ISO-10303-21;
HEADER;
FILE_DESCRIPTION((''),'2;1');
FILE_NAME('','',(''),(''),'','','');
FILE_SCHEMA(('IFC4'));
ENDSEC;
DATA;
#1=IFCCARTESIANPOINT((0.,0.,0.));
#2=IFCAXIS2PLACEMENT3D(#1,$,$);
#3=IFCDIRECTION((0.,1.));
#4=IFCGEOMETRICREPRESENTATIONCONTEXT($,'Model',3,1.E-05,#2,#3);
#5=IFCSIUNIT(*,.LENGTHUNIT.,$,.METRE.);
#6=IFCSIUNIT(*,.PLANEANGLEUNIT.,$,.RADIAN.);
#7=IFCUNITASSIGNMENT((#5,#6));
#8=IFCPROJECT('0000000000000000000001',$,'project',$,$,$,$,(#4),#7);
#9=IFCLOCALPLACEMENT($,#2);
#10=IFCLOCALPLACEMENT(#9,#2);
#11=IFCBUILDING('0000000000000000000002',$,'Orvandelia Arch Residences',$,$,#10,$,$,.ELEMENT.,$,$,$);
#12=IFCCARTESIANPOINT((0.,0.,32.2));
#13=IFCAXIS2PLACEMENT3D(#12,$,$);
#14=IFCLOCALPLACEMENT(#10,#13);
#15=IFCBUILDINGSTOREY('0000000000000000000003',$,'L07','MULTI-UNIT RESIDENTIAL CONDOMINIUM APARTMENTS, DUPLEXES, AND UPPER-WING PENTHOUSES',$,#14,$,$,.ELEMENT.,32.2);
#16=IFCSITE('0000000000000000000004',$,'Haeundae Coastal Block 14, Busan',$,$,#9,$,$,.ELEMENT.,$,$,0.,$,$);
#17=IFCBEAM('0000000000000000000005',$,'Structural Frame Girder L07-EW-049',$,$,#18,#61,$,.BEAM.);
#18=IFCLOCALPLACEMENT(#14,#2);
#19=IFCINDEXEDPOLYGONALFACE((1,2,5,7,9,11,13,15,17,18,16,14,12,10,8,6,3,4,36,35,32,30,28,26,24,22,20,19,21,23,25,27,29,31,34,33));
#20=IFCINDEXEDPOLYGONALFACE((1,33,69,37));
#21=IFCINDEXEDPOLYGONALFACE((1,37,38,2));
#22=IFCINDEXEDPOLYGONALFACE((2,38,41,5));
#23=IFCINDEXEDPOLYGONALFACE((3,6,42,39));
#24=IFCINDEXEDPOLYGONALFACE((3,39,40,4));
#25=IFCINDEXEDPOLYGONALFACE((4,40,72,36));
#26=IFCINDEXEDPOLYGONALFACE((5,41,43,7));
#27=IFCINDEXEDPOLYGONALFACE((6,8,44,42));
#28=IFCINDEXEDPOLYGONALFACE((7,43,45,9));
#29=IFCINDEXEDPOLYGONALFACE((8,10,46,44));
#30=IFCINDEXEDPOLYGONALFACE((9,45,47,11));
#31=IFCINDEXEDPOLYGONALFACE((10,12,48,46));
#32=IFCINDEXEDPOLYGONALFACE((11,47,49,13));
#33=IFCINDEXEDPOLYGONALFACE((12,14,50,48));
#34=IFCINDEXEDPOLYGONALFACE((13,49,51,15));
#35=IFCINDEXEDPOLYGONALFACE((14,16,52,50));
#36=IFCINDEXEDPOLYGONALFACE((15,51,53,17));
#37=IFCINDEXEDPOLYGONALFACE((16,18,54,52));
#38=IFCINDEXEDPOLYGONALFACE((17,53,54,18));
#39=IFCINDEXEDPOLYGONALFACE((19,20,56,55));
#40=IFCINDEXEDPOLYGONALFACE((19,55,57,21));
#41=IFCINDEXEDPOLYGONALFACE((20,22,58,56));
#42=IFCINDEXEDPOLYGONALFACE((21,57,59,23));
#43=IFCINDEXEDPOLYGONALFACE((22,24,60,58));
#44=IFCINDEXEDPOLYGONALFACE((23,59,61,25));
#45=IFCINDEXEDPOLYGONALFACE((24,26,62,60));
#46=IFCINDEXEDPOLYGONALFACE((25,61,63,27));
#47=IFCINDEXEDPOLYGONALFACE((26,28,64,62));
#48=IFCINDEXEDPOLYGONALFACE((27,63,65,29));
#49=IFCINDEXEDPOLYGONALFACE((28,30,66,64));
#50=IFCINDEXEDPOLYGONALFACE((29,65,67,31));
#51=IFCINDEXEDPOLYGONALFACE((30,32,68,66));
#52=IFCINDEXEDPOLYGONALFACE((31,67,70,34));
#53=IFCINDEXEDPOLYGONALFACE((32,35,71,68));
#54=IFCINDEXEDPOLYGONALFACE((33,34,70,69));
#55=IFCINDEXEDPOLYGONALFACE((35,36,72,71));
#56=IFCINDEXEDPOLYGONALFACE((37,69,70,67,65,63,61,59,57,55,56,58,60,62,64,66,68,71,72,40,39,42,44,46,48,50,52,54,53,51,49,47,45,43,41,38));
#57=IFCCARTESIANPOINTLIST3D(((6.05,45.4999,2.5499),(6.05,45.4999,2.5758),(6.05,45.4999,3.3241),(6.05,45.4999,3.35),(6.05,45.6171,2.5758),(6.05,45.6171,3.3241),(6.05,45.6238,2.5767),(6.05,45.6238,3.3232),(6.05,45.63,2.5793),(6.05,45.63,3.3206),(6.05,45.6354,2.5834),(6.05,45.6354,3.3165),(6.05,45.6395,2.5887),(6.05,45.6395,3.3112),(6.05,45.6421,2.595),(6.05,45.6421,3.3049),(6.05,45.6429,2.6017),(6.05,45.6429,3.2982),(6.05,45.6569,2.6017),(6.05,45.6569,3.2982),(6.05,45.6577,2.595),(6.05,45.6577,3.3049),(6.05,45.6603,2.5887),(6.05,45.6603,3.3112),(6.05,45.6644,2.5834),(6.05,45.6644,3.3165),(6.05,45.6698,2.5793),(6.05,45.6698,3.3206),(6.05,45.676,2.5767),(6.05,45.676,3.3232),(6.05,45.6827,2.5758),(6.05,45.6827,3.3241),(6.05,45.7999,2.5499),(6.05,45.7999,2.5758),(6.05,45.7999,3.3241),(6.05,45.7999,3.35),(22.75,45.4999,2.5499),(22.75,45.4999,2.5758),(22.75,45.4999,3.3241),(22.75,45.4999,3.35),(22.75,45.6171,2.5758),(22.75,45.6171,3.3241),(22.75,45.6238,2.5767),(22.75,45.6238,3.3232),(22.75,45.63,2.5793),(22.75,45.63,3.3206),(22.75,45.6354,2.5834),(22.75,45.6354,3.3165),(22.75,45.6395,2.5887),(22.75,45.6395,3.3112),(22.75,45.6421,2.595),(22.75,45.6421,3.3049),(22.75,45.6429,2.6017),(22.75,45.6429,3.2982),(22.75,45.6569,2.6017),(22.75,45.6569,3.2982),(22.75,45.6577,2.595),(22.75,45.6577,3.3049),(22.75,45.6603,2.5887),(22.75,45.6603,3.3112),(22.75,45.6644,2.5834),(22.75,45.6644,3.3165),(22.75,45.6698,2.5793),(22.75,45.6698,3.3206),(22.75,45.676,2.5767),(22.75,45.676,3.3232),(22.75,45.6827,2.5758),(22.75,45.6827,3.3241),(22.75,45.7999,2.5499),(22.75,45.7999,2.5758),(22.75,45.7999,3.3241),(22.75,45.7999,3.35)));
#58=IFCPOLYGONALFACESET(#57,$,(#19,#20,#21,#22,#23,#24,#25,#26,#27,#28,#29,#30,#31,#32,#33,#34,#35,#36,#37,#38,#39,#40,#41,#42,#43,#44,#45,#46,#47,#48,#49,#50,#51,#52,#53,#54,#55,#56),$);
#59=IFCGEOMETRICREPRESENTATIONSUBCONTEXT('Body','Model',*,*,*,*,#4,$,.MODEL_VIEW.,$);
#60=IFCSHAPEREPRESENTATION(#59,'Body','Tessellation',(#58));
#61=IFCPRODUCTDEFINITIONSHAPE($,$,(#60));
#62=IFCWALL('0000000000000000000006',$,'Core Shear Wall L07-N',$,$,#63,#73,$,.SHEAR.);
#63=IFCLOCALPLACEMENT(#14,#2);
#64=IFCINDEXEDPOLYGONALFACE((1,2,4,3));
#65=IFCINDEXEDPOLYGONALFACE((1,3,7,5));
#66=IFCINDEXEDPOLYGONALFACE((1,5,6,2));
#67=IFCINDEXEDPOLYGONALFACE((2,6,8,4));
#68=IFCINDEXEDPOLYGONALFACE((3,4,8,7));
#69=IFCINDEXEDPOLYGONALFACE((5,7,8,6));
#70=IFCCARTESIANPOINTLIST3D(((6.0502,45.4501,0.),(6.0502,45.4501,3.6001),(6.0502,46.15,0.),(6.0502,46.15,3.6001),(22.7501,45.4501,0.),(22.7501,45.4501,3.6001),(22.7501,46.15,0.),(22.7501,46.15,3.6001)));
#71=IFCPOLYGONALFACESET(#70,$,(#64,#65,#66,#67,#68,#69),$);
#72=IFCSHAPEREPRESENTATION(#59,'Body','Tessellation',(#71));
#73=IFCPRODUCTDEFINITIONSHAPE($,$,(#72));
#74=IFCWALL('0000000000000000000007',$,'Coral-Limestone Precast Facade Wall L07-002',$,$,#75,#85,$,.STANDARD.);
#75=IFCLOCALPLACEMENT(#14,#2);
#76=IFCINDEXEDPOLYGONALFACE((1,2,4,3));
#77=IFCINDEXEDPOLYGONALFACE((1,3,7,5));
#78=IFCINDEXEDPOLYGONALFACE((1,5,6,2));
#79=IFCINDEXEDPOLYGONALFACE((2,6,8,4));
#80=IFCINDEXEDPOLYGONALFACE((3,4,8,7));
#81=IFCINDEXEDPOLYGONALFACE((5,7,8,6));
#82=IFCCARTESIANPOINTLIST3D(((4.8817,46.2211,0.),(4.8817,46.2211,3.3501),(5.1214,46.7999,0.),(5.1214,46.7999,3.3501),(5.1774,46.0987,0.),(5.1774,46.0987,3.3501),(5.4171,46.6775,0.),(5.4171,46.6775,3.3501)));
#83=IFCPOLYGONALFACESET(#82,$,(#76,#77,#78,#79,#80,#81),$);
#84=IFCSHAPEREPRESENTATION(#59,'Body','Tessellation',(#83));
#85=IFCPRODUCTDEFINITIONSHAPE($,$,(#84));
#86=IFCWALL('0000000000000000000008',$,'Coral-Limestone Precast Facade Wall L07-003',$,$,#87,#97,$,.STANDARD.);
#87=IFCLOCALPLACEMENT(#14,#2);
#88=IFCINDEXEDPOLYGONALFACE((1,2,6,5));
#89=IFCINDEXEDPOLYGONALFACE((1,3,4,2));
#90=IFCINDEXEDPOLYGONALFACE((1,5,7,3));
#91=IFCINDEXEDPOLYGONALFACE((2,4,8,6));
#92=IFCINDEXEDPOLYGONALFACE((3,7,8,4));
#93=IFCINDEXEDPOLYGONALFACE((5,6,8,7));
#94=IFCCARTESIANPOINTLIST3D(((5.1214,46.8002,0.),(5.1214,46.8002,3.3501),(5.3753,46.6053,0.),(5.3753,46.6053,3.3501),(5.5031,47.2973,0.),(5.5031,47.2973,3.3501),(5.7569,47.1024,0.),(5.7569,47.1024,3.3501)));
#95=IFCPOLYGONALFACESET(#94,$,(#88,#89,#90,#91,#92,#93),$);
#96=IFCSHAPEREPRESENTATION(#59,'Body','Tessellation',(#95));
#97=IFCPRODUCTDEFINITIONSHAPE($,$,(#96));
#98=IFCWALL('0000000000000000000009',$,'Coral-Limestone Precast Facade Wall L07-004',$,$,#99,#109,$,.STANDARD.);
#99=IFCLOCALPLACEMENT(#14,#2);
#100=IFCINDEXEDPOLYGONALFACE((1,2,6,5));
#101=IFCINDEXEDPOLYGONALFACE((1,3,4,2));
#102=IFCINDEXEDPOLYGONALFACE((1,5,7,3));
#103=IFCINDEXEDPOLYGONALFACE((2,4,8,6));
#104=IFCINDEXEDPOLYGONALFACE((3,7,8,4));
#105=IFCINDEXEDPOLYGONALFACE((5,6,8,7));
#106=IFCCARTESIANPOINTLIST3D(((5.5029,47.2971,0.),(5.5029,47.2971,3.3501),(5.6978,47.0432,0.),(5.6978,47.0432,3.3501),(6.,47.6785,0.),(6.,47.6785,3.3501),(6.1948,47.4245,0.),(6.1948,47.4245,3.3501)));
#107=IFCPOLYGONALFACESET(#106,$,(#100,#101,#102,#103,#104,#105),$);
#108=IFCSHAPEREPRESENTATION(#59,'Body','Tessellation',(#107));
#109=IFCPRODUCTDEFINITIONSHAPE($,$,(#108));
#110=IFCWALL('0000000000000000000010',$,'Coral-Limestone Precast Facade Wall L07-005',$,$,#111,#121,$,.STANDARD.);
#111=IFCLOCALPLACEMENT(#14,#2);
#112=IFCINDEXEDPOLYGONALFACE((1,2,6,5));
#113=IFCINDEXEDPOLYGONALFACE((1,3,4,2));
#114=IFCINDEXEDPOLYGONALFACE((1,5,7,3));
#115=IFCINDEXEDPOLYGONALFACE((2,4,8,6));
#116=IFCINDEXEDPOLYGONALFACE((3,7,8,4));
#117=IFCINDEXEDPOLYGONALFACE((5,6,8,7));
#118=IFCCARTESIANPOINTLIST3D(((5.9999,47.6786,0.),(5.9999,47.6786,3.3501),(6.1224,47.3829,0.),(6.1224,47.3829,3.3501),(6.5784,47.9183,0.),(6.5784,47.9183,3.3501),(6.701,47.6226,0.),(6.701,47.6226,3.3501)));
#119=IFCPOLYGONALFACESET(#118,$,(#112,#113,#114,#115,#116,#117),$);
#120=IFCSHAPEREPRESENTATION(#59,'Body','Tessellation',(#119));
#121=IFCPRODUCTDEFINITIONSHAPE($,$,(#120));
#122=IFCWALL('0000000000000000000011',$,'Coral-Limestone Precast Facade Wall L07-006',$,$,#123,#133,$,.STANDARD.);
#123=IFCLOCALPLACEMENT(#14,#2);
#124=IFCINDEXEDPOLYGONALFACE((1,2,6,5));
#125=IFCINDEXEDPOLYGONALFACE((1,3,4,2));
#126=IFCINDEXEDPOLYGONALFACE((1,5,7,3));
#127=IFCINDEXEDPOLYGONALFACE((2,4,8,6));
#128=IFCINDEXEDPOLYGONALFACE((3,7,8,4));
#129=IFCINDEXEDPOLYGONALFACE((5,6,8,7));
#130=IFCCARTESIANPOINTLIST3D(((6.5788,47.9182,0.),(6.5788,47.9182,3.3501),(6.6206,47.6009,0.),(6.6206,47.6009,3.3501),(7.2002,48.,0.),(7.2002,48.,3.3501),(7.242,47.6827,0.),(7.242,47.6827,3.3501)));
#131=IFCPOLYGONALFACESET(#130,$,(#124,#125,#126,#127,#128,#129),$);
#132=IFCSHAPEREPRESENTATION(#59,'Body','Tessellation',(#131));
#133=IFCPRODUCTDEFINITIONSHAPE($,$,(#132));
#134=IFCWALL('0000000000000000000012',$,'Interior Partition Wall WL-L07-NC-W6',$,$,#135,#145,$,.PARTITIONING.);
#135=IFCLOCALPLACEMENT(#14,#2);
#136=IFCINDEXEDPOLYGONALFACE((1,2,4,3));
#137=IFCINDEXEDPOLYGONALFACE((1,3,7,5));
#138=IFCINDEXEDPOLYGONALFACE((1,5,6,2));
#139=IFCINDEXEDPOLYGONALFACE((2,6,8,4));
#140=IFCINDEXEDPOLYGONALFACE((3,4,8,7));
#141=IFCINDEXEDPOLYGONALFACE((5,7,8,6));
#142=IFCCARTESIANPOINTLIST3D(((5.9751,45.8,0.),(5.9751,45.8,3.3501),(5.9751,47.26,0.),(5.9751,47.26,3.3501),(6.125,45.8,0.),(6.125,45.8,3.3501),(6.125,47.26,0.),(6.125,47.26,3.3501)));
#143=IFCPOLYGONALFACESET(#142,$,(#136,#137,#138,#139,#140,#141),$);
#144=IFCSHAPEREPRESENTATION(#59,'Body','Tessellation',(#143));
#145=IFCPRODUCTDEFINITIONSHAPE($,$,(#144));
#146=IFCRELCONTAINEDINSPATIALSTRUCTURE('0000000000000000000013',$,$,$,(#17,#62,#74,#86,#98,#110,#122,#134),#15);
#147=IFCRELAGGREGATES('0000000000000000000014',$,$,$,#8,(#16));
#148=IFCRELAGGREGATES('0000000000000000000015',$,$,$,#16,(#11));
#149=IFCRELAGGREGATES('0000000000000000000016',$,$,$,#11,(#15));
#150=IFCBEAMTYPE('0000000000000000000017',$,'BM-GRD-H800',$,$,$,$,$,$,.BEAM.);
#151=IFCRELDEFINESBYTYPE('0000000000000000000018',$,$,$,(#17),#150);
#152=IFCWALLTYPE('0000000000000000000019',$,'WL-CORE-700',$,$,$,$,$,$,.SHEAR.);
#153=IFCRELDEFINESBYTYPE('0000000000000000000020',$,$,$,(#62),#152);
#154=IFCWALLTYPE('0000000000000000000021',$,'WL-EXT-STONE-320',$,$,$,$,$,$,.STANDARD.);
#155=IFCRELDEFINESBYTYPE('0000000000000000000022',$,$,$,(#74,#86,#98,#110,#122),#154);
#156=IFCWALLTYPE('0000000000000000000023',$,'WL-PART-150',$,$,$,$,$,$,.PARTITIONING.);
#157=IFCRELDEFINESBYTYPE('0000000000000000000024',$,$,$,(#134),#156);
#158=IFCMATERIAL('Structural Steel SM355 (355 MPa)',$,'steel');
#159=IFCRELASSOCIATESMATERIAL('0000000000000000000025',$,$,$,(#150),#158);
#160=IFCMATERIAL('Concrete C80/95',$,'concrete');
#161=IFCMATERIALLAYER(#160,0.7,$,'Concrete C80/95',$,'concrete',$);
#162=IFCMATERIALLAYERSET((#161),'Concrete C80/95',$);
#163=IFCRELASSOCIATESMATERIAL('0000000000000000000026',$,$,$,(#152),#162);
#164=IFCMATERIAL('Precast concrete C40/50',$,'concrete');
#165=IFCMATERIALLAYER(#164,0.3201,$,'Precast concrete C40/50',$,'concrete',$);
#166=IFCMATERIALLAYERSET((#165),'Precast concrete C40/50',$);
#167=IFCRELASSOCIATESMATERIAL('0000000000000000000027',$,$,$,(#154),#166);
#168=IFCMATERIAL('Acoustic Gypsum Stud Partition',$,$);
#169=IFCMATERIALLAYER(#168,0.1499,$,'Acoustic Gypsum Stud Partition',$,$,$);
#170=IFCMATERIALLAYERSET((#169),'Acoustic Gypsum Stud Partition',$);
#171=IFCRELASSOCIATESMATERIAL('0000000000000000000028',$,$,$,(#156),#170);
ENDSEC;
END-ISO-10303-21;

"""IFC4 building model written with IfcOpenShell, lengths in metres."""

from ifc_helpers import new_model, si_unit, direction, frame, frame_2d, origin, origin_2d, place, context, subcontext, project, spatial, rectangle, i_section, extrude, material, layer, layer_set, material_profile, profile_set, type_object, element, save


model = new_model("IFC4")

# Units and contexts
model_context = context("Model", 3, precision=1e-05, world=origin(), true_north=direction((0.0, 1.0)))
body_context = subcontext(model_context, "Body", "Model", "MODEL_VIEW")
ifc_project = project(units=[si_unit("LENGTHUNIT", "METRE"), si_unit("PLANEANGLEUNIT", "RADIAN")], contexts=[model_context])

# Site, building, storey
site_placement = place(None, origin())
site = spatial("IfcSite", under=ifc_project, at=site_placement, Name="Haeundae Coastal Block 14, Busan", CompositionType="ELEMENT", RefElevation=0.0)
building_placement = place(site_placement, origin())
building = spatial("IfcBuilding", under=site, at=building_placement, Name="Orvandelia Arch Residences", CompositionType="ELEMENT")
storey_placement = place(building_placement, frame((0.0, 0.0, 32.2)))
storey = spatial("IfcBuildingStorey", under=building, at=storey_placement, Name="L07", Description="MULTI-UNIT RESIDENTIAL CONDOMINIUM APARTMENTS, DUPLEXES, AND UPPER-WING PENTHOUSES", CompositionType="ELEMENT", Elevation=32.2)

# Beam
ifc_material_1 = material(Name="Structural Steel SM355 (355 MPa)", Category="steel")
ifc_material_profile = material_profile(ifc_material_1, i_section(OverallWidth=0.3, OverallDepth=0.8, WebThickness=0.0139, FlangeThickness=0.0259, FilletRadius=0.0259, at=origin_2d()), Name="Structural Steel SM355 (355 MPa)", Category="steel")
ifc_profile_set = profile_set([ifc_material_profile], Name="Structural Steel SM355 (355 MPa)")
beam_type = type_object("IfcBeamType", Name="BM-GRD-H800", PredefinedType="BEAM", material=ifc_profile_set)
beam_placement = place(storey_placement, frame((6.05, 45.6499, 2.95), z_axis=(1.0, 0.0, 0.0), x_axis=(0.0, 1.0, 0.0)))
element("IfcBeam", 1, at=beam_placement, inside=storey, type_object=beam_type, Name="Structural Frame Girder L07-EW-049", PredefinedType="BEAM", context=body_context, shape_type="SweptSolid", body=[
    extrude(i_section(OverallWidth=0.3, OverallDepth=0.8, WebThickness=0.0139, FlangeThickness=0.0259, FilletRadius=0.0259, at=origin_2d()), origin(), (0.0, 0.0, 1.0), 16.7),
])

# Walls
ifc_material_2 = material(Name="Concrete C80/95", Category="concrete")
ifc_layer_1 = layer(ifc_material_2, 0.7, Name="Concrete C80/95", Category="concrete")
ifc_layer_set_1 = layer_set([ifc_layer_1], Name="Concrete C80/95")
wall_type_1 = type_object("IfcWallType", Name="WL-CORE-700", PredefinedType="SHEAR", material=ifc_layer_set_1)
wall_1_placement = place(storey_placement, frame((6.05, 45.8, 0.0), z_axis=(0.0, 0.0, 1.0), x_axis=(1.0, 0.0, 0.0)))
element("IfcWall", 2, at=wall_1_placement, inside=storey, type_object=wall_type_1, Name="Core Shear Wall L07-N", PredefinedType="SHEAR", context=body_context, shape_type="SweptSolid", body=[
    extrude(rectangle(XDim=16.7, YDim=0.7, at=frame_2d((8.3501, 0.0))), origin(), (0.0, 0.0, 1.0), 3.6001),
])
ifc_material_3 = material(Name="Precast concrete C40/50", Category="concrete")
ifc_layer_2 = layer(ifc_material_3, 0.3201, Name="Precast concrete C40/50", Category="concrete")
ifc_layer_set_2 = layer_set([ifc_layer_2], Name="Precast concrete C40/50")
wall_type_2 = type_object("IfcWallType", Name="WL-EXT-STONE-320", PredefinedType="STANDARD", material=ifc_layer_set_2)
wall_2_placement = place(storey_placement, frame((5.0295, 46.1599, 0.0), z_axis=(0.0, 0.0, 1.0), x_axis=(0.38265, 0.923893, 0.0)))
element("IfcWall", 3, at=wall_2_placement, inside=storey, type_object=wall_type_2, Name="Coral-Limestone Precast Facade Wall L07-002", PredefinedType="STANDARD", context=body_context, shape_type="SweptSolid", body=[
    extrude(rectangle(XDim=0.6265, YDim=0.3201, at=frame_2d((0.3132, 0.0))), origin(), (0.0, 0.0, 1.0), 3.3501),
])
wall_3_placement = place(storey_placement, frame((5.2483, 46.7026, 0.0), z_axis=(0.0, 0.0, 1.0), x_axis=(0.608939, 0.793217, 0.0)))
element("IfcWall", 4, at=wall_3_placement, inside=storey, type_object=wall_type_2, Name="Coral-Limestone Precast Facade Wall L07-003", PredefinedType="STANDARD", context=body_context, shape_type="SweptSolid", body=[
    extrude(rectangle(XDim=0.6267, YDim=0.3201, at=frame_2d((0.3135, 0.0))), origin(), (0.0, 0.0, 1.0), 3.3501),
])
wall_4_placement = place(storey_placement, frame((5.6003, 47.1702, 0.0), z_axis=(0.0, 0.0, 1.0), x_axis=(0.793406, 0.608693, 0.0)))
element("IfcWall", 5, at=wall_4_placement, inside=storey, type_object=wall_type_2, Name="Coral-Limestone Precast Facade Wall L07-004", PredefinedType="STANDARD", context=body_context, shape_type="SweptSolid", body=[
    extrude(rectangle(XDim=0.6265, YDim=0.3201, at=frame_2d((0.3132, 0.0))), origin(), (0.0, 0.0, 1.0), 3.3501),
])
wall_5_placement = place(storey_placement, frame((6.0613, 47.5308, 0.0), z_axis=(0.0, 0.0, 1.0), x_axis=(0.923836, 0.382788, 0.0)))
element("IfcWall", 6, at=wall_5_placement, inside=storey, type_object=wall_type_2, Name="Coral-Limestone Precast Facade Wall L07-005", PredefinedType="STANDARD", context=body_context, shape_type="SweptSolid", body=[
    extrude(rectangle(XDim=0.6262, YDim=0.3201, at=frame_2d((0.313, 0.0))), origin(), (0.0, 0.0, 1.0), 3.3501),
])
wall_6_placement = place(storey_placement, frame((6.5996, 47.7595, 0.0), z_axis=(0.0, 0.0, 1.0), x_axis=(0.991448, 0.130505, 0.0)))
element("IfcWall", 7, at=wall_6_placement, inside=storey, type_object=wall_type_2, Name="Coral-Limestone Precast Facade Wall L07-006", PredefinedType="STANDARD", context=body_context, shape_type="SweptSolid", body=[
    extrude(rectangle(XDim=0.6267, YDim=0.3201, at=frame_2d((0.3135, 0.0))), origin(), (0.0, 0.0, 1.0), 3.3501),
])

# Wall
ifc_material_4 = material(Name="Acoustic Gypsum Stud Partition")
ifc_layer_3 = layer(ifc_material_4, 0.1499, Name="Acoustic Gypsum Stud Partition")
ifc_layer_set_3 = layer_set([ifc_layer_3], Name="Acoustic Gypsum Stud Partition")
wall_type_3 = type_object("IfcWallType", Name="WL-PART-150", PredefinedType="PARTITIONING", material=ifc_layer_set_3)
wall_7_placement = place(storey_placement, frame((6.05, 45.8, 0.0), z_axis=(0.0, 0.0, 1.0), x_axis=(0.0, 1.0, 0.0)))
element("IfcWall", 8, at=wall_7_placement, inside=storey, type_object=wall_type_3, Name="Interior Partition Wall WL-L07-NC-W6", PredefinedType="PARTITIONING", context=body_context, shape_type="SweptSolid", body=[
    extrude(rectangle(XDim=1.46, YDim=0.1499, at=frame_2d((0.73, 0.0))), origin(), (0.0, 0.0, 1.0), 3.3501),
])

save(model, "model.ifc")
